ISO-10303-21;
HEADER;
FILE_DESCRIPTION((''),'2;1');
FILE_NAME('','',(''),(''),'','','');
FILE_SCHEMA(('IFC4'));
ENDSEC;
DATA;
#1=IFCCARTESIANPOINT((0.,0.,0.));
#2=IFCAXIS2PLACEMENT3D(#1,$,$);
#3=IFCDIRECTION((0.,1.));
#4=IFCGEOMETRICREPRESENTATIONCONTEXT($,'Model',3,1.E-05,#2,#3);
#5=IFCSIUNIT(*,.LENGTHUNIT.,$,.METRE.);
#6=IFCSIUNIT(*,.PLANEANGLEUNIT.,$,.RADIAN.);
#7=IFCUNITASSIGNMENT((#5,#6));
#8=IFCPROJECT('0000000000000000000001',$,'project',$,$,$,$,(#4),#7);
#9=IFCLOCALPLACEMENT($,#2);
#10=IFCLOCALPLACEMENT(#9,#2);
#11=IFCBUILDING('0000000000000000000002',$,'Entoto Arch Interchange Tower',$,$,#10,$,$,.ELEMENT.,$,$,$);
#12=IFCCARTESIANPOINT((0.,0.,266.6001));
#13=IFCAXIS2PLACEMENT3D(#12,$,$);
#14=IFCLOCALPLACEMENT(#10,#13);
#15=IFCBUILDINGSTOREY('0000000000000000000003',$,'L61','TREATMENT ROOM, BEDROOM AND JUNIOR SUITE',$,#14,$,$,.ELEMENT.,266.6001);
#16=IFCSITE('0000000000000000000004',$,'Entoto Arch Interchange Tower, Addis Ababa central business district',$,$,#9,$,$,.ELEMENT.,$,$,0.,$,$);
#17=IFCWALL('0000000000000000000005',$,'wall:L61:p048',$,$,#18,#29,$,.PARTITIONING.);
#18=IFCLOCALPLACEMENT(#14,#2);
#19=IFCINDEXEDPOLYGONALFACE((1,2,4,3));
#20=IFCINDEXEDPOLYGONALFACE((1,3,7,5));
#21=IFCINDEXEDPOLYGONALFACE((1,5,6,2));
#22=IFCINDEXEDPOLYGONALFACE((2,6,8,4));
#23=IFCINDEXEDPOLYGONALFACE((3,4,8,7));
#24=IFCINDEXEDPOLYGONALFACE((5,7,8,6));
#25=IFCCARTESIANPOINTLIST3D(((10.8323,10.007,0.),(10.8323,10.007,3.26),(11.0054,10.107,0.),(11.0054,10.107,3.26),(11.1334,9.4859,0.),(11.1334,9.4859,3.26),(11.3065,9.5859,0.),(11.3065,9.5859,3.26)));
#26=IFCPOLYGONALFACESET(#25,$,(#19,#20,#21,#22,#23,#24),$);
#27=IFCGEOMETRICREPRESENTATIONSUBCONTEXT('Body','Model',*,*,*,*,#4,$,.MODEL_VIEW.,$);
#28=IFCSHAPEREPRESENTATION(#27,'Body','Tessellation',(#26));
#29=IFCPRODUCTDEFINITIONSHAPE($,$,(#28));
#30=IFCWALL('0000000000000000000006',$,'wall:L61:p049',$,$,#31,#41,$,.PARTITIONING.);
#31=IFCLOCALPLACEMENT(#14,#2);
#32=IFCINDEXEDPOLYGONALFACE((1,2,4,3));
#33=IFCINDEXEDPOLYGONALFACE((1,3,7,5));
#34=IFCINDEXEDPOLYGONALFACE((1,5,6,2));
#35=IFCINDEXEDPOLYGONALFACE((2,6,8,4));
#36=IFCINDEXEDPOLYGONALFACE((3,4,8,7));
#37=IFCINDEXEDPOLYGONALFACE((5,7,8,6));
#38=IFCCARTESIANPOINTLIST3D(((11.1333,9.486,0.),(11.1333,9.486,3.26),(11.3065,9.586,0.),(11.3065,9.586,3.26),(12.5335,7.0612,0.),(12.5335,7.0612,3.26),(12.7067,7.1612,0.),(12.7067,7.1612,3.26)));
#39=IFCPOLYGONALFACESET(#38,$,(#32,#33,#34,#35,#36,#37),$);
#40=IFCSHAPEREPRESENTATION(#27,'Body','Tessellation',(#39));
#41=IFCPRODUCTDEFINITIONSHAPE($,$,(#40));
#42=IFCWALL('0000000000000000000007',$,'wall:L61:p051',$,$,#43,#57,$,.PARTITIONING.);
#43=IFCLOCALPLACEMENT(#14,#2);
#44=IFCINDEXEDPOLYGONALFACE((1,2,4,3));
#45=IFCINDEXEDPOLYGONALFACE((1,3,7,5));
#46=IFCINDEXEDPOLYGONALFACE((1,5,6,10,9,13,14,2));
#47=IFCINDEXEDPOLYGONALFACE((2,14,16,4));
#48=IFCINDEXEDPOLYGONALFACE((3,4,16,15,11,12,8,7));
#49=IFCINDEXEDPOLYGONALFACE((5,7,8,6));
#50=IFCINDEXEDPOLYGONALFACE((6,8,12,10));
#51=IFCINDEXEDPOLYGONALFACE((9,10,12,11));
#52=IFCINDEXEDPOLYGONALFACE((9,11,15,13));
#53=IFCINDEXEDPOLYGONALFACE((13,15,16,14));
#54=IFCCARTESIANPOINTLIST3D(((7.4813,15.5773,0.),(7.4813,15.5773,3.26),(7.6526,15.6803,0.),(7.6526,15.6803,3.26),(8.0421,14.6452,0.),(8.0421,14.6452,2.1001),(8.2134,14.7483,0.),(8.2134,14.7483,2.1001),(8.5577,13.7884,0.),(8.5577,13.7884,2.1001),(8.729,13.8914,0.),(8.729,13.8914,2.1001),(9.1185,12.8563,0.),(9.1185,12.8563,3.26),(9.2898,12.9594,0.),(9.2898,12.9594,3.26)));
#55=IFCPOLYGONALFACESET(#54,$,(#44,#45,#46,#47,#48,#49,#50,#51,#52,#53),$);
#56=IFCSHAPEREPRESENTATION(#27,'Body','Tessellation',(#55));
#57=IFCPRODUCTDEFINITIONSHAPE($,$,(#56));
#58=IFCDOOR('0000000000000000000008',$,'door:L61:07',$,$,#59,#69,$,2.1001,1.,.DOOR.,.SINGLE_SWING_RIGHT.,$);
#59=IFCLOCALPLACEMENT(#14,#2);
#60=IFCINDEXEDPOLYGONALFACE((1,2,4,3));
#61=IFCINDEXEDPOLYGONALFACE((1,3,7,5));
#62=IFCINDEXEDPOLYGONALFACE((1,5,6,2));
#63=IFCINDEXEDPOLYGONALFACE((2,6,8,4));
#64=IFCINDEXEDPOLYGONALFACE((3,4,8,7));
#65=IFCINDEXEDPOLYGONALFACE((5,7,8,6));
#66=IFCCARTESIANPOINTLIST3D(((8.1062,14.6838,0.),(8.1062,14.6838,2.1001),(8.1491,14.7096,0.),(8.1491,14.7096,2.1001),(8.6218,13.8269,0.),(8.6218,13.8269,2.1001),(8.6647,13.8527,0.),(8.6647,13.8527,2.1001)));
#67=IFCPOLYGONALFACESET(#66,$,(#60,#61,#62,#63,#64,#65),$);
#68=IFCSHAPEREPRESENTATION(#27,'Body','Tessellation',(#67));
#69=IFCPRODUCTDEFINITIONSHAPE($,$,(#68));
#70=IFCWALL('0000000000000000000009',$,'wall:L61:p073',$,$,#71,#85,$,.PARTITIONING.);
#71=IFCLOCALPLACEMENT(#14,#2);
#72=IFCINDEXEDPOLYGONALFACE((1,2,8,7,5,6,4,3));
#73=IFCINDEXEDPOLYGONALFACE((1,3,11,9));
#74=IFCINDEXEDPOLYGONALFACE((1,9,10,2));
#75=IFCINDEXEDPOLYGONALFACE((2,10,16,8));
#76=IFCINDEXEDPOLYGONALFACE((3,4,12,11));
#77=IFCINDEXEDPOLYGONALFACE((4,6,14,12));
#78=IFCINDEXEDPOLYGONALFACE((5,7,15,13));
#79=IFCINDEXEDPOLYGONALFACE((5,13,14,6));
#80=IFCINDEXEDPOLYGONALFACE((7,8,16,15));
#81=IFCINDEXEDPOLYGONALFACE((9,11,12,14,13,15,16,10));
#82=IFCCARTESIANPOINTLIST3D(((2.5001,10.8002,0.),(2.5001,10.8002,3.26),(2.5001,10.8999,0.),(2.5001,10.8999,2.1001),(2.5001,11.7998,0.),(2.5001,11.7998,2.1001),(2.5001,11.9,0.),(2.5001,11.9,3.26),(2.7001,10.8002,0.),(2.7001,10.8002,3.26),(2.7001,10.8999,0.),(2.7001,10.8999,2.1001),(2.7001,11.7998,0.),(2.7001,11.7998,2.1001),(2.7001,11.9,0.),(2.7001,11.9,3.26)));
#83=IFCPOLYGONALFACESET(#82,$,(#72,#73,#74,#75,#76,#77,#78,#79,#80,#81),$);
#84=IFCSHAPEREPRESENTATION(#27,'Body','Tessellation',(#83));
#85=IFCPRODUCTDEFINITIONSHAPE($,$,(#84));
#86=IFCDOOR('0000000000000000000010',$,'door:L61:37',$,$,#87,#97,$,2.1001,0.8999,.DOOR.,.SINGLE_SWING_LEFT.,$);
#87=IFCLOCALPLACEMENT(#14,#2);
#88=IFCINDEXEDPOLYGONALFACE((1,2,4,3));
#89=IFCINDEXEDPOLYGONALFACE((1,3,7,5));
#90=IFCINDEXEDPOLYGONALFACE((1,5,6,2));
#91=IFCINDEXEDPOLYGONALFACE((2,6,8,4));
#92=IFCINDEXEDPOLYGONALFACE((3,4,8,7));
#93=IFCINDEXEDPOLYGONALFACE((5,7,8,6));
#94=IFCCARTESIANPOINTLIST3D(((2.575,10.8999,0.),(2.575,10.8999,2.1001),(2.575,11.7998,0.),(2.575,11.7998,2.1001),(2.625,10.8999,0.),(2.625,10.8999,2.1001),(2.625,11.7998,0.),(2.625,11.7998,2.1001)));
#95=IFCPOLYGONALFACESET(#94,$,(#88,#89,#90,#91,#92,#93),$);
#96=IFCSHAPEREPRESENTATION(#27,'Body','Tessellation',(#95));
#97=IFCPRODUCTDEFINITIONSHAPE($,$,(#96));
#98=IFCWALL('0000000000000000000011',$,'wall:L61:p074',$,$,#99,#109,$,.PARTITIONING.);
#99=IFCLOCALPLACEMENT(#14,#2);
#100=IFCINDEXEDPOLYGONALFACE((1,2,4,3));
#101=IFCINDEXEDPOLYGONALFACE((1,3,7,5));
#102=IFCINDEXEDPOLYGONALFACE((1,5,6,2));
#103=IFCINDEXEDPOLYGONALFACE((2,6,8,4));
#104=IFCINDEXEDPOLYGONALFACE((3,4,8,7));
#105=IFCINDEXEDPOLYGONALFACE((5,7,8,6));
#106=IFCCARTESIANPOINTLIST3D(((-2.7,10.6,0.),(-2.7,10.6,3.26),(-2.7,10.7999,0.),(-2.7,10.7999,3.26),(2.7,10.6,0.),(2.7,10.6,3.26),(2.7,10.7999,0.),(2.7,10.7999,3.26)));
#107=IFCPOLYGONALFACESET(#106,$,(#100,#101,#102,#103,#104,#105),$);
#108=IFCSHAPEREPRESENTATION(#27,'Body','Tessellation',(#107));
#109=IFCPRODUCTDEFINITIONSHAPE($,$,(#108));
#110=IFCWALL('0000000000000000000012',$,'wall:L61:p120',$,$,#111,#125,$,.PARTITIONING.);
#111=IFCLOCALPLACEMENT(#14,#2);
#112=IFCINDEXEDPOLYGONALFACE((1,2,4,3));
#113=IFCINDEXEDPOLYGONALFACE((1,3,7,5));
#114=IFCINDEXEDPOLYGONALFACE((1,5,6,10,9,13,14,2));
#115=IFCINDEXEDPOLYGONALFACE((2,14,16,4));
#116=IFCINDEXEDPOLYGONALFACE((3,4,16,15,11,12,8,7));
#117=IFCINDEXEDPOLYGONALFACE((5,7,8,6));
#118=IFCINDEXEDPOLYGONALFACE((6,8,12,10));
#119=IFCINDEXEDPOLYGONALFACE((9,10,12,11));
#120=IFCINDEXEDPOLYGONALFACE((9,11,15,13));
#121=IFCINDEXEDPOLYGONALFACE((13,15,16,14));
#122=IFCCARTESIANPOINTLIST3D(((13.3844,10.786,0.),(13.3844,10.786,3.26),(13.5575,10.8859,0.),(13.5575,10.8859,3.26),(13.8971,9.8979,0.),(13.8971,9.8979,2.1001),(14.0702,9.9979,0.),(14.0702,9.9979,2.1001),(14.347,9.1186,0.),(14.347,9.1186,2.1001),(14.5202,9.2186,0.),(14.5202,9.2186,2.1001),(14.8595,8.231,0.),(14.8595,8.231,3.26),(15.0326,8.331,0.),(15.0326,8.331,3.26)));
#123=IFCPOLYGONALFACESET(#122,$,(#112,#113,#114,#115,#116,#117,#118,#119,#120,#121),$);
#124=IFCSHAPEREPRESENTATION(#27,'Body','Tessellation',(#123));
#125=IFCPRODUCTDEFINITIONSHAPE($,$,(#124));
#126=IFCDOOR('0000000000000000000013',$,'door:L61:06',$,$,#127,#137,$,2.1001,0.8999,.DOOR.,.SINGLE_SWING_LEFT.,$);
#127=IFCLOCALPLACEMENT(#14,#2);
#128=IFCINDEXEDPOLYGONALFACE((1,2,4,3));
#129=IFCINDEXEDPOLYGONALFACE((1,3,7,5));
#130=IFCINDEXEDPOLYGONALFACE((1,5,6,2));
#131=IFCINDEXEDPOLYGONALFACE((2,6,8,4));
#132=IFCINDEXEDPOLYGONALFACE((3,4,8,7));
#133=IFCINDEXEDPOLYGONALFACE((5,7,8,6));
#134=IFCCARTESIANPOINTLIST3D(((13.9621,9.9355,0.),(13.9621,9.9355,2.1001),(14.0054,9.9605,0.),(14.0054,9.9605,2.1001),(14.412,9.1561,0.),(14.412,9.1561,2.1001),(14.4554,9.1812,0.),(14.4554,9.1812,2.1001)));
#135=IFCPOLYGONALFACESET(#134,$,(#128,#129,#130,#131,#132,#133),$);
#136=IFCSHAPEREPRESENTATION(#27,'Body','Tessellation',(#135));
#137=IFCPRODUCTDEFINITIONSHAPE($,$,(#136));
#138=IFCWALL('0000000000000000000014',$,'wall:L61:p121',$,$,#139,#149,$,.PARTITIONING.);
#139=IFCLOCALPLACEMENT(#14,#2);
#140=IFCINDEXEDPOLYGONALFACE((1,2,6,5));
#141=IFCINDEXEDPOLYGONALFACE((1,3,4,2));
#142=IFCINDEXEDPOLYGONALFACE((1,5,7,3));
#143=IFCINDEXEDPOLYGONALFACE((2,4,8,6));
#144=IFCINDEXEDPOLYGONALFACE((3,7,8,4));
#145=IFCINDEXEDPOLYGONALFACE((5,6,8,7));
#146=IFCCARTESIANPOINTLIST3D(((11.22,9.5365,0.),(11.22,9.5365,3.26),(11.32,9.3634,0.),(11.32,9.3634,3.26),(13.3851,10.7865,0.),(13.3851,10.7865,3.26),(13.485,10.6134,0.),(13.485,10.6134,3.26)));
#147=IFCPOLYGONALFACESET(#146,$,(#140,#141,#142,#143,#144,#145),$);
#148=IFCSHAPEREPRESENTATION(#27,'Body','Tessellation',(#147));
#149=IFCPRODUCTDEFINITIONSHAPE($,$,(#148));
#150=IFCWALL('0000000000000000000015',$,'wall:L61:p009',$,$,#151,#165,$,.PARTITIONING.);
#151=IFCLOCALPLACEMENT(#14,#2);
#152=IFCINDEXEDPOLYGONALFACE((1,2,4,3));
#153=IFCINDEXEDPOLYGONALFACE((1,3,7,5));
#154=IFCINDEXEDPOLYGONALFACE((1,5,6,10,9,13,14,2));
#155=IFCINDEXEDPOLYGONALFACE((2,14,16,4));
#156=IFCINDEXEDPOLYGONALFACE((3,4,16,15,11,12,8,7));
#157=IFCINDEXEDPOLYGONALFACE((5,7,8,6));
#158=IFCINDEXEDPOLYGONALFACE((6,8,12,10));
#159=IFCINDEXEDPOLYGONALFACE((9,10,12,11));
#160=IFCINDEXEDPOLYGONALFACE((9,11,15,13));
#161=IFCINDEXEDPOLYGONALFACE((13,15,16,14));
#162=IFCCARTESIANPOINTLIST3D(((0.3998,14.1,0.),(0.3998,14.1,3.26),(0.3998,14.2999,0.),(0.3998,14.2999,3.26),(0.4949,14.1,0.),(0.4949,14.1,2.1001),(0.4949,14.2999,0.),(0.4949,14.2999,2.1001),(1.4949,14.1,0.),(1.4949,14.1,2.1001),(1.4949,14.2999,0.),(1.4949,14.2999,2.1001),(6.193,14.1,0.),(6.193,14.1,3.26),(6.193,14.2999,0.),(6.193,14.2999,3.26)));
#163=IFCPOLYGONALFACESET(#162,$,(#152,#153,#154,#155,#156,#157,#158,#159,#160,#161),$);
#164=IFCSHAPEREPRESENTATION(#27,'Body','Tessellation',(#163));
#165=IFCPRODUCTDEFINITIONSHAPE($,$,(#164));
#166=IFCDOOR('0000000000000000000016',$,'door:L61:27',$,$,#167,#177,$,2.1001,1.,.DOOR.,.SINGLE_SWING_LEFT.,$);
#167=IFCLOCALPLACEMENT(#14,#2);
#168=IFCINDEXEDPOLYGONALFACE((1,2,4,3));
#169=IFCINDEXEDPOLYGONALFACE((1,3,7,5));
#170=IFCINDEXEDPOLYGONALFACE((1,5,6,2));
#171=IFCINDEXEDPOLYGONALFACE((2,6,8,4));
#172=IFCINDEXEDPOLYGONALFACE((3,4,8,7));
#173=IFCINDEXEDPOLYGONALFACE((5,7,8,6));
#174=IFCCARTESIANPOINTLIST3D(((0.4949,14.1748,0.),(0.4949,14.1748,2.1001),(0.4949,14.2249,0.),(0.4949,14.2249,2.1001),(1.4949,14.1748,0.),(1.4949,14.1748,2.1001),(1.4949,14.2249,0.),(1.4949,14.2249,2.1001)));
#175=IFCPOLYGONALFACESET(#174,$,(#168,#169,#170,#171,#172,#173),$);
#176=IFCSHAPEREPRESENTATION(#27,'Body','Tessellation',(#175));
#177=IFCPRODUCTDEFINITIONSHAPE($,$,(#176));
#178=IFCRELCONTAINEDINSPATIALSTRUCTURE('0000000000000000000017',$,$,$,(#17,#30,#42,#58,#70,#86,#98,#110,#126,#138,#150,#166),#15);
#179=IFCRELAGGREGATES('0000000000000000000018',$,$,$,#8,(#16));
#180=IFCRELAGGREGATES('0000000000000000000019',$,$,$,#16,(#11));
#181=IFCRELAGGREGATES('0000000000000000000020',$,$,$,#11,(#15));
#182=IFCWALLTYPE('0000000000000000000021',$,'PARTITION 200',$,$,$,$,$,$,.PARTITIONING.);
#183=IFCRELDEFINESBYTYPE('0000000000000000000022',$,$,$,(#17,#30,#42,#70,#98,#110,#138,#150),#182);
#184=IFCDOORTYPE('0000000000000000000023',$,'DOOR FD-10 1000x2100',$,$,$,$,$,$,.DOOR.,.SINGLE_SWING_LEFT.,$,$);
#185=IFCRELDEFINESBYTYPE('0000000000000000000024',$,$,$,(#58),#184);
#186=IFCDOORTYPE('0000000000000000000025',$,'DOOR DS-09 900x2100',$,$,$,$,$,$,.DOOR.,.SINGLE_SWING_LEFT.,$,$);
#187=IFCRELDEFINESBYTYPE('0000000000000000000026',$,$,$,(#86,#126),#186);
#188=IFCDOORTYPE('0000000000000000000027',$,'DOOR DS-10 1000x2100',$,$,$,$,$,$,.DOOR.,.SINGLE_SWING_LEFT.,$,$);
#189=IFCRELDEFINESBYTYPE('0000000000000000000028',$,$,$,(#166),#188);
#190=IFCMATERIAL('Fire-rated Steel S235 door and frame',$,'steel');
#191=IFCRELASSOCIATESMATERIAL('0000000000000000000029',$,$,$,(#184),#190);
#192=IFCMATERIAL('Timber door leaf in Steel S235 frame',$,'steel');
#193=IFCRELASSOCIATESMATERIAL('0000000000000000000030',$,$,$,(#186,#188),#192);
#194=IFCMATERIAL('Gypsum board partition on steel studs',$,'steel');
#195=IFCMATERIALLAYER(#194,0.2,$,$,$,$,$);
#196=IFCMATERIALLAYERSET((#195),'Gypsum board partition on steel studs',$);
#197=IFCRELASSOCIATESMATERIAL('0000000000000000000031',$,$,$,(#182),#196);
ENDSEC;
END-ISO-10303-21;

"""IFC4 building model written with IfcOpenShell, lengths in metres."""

from ifc_helpers import new_model, si_unit, direction, frame, frame_2d, origin, place, context, subcontext, project, spatial, rectangle, extrude, material, layer, layer_set, type_object, element, fill, save


model = new_model("IFC4")

# Units and contexts
model_context = context("Model", 3, precision=1e-05, world=origin(), true_north=direction((0.0, 1.0)))
body_context = subcontext(model_context, "Body", "Model", "MODEL_VIEW")
ifc_project = project(units=[si_unit("LENGTHUNIT", "METRE"), si_unit("PLANEANGLEUNIT", "RADIAN")], contexts=[model_context])

# Site, building, storey
site_placement = place(None, origin())
site = spatial("IfcSite", under=ifc_project, at=site_placement, Name="Entoto Arch Interchange Tower, Addis Ababa central business district", CompositionType="ELEMENT", RefElevation=0.0)
building_placement = place(site_placement, origin())
building = spatial("IfcBuilding", under=site, at=building_placement, Name="Entoto Arch Interchange Tower", CompositionType="ELEMENT")
storey_placement = place(building_placement, frame((0.0, 0.0, 266.6001)))
storey = spatial("IfcBuildingStorey", under=building, at=storey_placement, Name="L61", Description="TREATMENT ROOM, BEDROOM AND JUNIOR SUITE", CompositionType="ELEMENT", Elevation=266.6001)

# Shared definitions
ifc_material_1 = material(Name="Fire-rated Steel S235 door and frame", Category="steel")
door_type_1 = type_object("IfcDoorType", Name="DOOR FD-10 1000x2100", OperationType="SINGLE_SWING_LEFT", PredefinedType="DOOR", material=ifc_material_1)

# Shared definitions
ifc_material_2 = material(Name="Gypsum board partition on steel studs", Category="steel")
ifc_material_3 = material(Name="Timber door leaf in Steel S235 frame", Category="steel")
door_type_2 = type_object("IfcDoorType", Name="DOOR DS-09 900x2100", OperationType="SINGLE_SWING_LEFT", PredefinedType="DOOR", material=ifc_material_3)

# Walls
ifc_layer_1 = layer(ifc_material_2, 0.2)
ifc_layer_set_1 = layer_set([ifc_layer_1], Name="Gypsum board partition on steel studs")
wall_type_1 = type_object("IfcWallType", Name="PARTITION 200", PredefinedType="PARTITIONING", material=ifc_layer_set_1)
wall_1_placement = place(storey_placement, frame((10.9189, 10.0569, 0.0), z_axis=(0.0, 0.0, 1.0), x_axis=(0.500284, -0.865861, 0.0)))
element("IfcWall", 1, at=wall_1_placement, inside=storey, type_object=wall_type_1, Name="wall:L61:p048", PredefinedType="PARTITIONING", context=body_context, shape_type="SweptSolid", body=[
    extrude(rectangle(XDim=0.6018, YDim=0.2, at=frame_2d((0.3008, 0.0))), origin(), (0.0, 0.0, 1.0), 3.26),
])
wall_2_placement = place(storey_placement, frame((11.22, 9.5359, 0.0), z_axis=(0.0, 0.0, 1.0), x_axis=(0.50005, -0.865997, 0.0)))
element("IfcWall", 2, at=wall_2_placement, inside=storey, type_object=wall_type_1, Name="wall:L61:p049", PredefinedType="PARTITIONING", context=body_context, shape_type="SweptSolid", body=[
    extrude(rectangle(XDim=2.8, YDim=0.2, at=frame_2d((1.3999, 0.0))), origin(), (0.0, 0.0, 1.0), 3.26),
])

# Walls, openings, doors
wall_3_placement = place(storey_placement, frame((7.5669, 15.6289, 0.0), z_axis=(0.0, 0.0, 1.0), x_axis=(0.515569, -0.856848, 0.0)))
wall_3 = element("IfcWall", 3, at=wall_3_placement, inside=storey, type_object=wall_type_1, Name="wall:L61:p051", PredefinedType="PARTITIONING", context=body_context, shape_type="SweptSolid", body=[
    extrude(rectangle(XDim=3.1755, YDim=0.2, at=frame_2d((1.5879, 0.0))), origin(), (0.0, 0.0, 1.0), 3.26),
])
opening_1_placement = place(wall_3_placement, frame((1.0879, 0.0, 0.0)))
opening_1 = element("IfcOpeningElement", 4, at=opening_1_placement, cuts=wall_3, PredefinedType="OPENING", context=body_context, shape_type="SweptSolid", body=[
    extrude(rectangle(XDim=1.0, YDim=2.1001, at=frame_2d((0.5, 1.05))), frame((0.0, 0.1099, 0.0), z_axis=(0.0, -1.0, 0.0), x_axis=(1.0, 0.0, 0.0)), (0.0, 0.0, 1.0), 0.22),
])
door_1_placement = place(opening_1_placement, origin())
door_1 = element("IfcDoor", 5, at=door_1_placement, inside=storey, type_object=door_type_1, Name="door:L61:07", OperationType="SINGLE_SWING_RIGHT", OverallHeight=2.1001, OverallWidth=1.0, PredefinedType="DOOR", context=body_context, shape_type="SweptSolid", body=[
    extrude(rectangle(XDim=1.0, YDim=2.1001, at=frame_2d((0.5, 1.05))), frame((0.0, 0.0249, 0.0), z_axis=(0.0, -1.0, 0.0), x_axis=(1.0, 0.0, 0.0)), (0.0, 0.0, 1.0), 0.05),
])
fill(opening_1, door_1)
wall_4_placement = place(storey_placement, frame((2.6001, 11.8999, 0.0), z_axis=(0.0, 0.0, 1.0), x_axis=(0.0, -1.0, 0.0)))
wall_4 = element("IfcWall", 6, at=wall_4_placement, inside=storey, type_object=wall_type_1, Name="wall:L61:p073", PredefinedType="PARTITIONING", context=body_context, shape_type="SweptSolid", body=[
    extrude(rectangle(XDim=1.0999, YDim=0.2, at=frame_2d((0.5498, 0.0))), origin(), (0.0, 0.0, 1.0), 3.26),
])
opening_2_placement = place(wall_4_placement, frame((0.1001, 0.0, 0.0)))
opening_2 = element("IfcOpeningElement", 7, at=opening_2_placement, cuts=wall_4, PredefinedType="OPENING", context=body_context, shape_type="SweptSolid", body=[
    extrude(rectangle(XDim=0.8999, YDim=2.1001, at=frame_2d((0.45, 1.05))), frame((0.0, 0.1099, 0.0), z_axis=(0.0, -1.0, 0.0), x_axis=(1.0, 0.0, 0.0)), (0.0, 0.0, 1.0), 0.22),
])
door_2_placement = place(opening_2_placement, origin())
door_2 = element("IfcDoor", 8, at=door_2_placement, inside=storey, type_object=door_type_2, Name="door:L61:37", OperationType="SINGLE_SWING_LEFT", OverallHeight=2.1001, OverallWidth=0.8999, PredefinedType="DOOR", context=body_context, shape_type="SweptSolid", body=[
    extrude(rectangle(XDim=0.8999, YDim=2.1001, at=frame_2d((0.45, 1.05))), frame((0.0, 0.0249, 0.0), z_axis=(0.0, -1.0, 0.0), x_axis=(1.0, 0.0, 0.0)), (0.0, 0.0, 1.0), 0.05),
])
fill(opening_2, door_2)

# Wall
wall_5_placement = place(storey_placement, frame((2.7, 10.7, 0.0), z_axis=(0.0, 0.0, 1.0), x_axis=(-1.0, 0.0, 0.0)))
element("IfcWall", 9, at=wall_5_placement, inside=storey, type_object=wall_type_1, Name="wall:L61:p074", PredefinedType="PARTITIONING", context=body_context, shape_type="SweptSolid", body=[
    extrude(rectangle(XDim=5.3999, YDim=0.2, at=frame_2d((2.7, 0.0))), origin(), (0.0, 0.0, 1.0), 3.26),
])

# Wall, opening, door
wall_6_placement = place(storey_placement, frame((14.946, 8.281, 0.0), z_axis=(0.0, 0.0, 1.0), x_axis=(-0.500002, 0.866024, 0.0)))
wall_6 = element("IfcWall", 10, at=wall_6_placement, inside=storey, type_object=wall_type_1, Name="wall:L61:p120", PredefinedType="PARTITIONING", context=body_context, shape_type="SweptSolid", body=[
    extrude(rectangle(XDim=2.9502, YDim=0.2, at=frame_2d((1.4751, 0.0))), origin(), (0.0, 0.0, 1.0), 3.26),
])
opening_3_placement = place(wall_6_placement, frame((1.0249, 0.0, 0.0)))
opening_3 = element("IfcOpeningElement", 11, at=opening_3_placement, cuts=wall_6, PredefinedType="OPENING", context=body_context, shape_type="SweptSolid", body=[
    extrude(rectangle(XDim=0.8999, YDim=2.1001, at=frame_2d((0.45, 1.05))), frame((0.0, 0.1099, 0.0), z_axis=(0.0, -1.0, 0.0), x_axis=(1.0, 0.0, 0.0)), (0.0, 0.0, 1.0), 0.22),
])
door_3_placement = place(opening_3_placement, origin())
door_3 = element("IfcDoor", 12, at=door_3_placement, inside=storey, type_object=door_type_2, Name="door:L61:06", OperationType="SINGLE_SWING_LEFT", OverallHeight=2.1001, OverallWidth=0.8999, PredefinedType="DOOR", context=body_context, shape_type="SweptSolid", body=[
    extrude(rectangle(XDim=0.8999, YDim=2.1001, at=frame_2d((0.45, 1.05))), frame((0.0, 0.0249, 0.0), z_axis=(0.0, -1.0, 0.0), x_axis=(1.0, 0.0, 0.0)), (0.0, 0.0, 1.0), 0.05),
])
fill(opening_3, door_3)

# Wall
wall_7_placement = place(storey_placement, frame((13.4351, 10.7, 0.0), z_axis=(0.0, 0.0, 1.0), x_axis=(-0.866023, -0.500004, 0.0)))
element("IfcWall", 13, at=wall_7_placement, inside=storey, type_object=wall_type_1, Name="wall:L61:p121", PredefinedType="PARTITIONING", context=body_context, shape_type="SweptSolid", body=[
    extrude(rectangle(XDim=2.5, YDim=0.2, at=frame_2d((1.25, 0.0))), origin(), (0.0, 0.0, 1.0), 3.26),
])

# Wall, opening, door
wall_8_placement = place(storey_placement, frame((0.3999, 14.2, 0.0), z_axis=(0.0, 0.0, 1.0), x_axis=(1.0, 0.0, 0.0)))
wall_8 = element("IfcWall", 14, at=wall_8_placement, inside=storey, type_object=wall_type_1, Name="wall:L61:p009", PredefinedType="PARTITIONING", context=body_context, shape_type="SweptSolid", body=[
    extrude(rectangle(XDim=5.7932, YDim=0.2, at=frame_2d((2.8965, 0.0))), origin(), (0.0, 0.0, 1.0), 3.26),
])
opening_4_placement = place(wall_8_placement, frame((0.095, 0.0, 0.0)))
opening_4 = element("IfcOpeningElement", 15, at=opening_4_placement, cuts=wall_8, PredefinedType="OPENING", context=body_context, shape_type="SweptSolid", body=[
    extrude(rectangle(XDim=1.0, YDim=2.1001, at=frame_2d((0.5, 1.05))), frame((0.0, 0.1099, 0.0), z_axis=(0.0, -1.0, 0.0), x_axis=(1.0, 0.0, 0.0)), (0.0, 0.0, 1.0), 0.22),
])
door_type_3 = type_object("IfcDoorType", Name="DOOR DS-10 1000x2100", OperationType="SINGLE_SWING_LEFT", PredefinedType="DOOR", material=ifc_material_3)
door_4_placement = place(opening_4_placement, origin())
door_4 = element("IfcDoor", 16, at=door_4_placement, inside=storey, type_object=door_type_3, Name="door:L61:27", OperationType="SINGLE_SWING_LEFT", OverallHeight=2.1001, OverallWidth=1.0, PredefinedType="DOOR", context=body_context, shape_type="SweptSolid", body=[
    extrude(rectangle(XDim=1.0, YDim=2.1001, at=frame_2d((0.5, 1.05))), frame((0.0, 0.0249, 0.0), z_axis=(0.0, -1.0, 0.0), x_axis=(1.0, 0.0, 0.0)), (0.0, 0.0, 1.0), 0.05),
])
fill(opening_4, door_4)

save(model, "model.ifc")
